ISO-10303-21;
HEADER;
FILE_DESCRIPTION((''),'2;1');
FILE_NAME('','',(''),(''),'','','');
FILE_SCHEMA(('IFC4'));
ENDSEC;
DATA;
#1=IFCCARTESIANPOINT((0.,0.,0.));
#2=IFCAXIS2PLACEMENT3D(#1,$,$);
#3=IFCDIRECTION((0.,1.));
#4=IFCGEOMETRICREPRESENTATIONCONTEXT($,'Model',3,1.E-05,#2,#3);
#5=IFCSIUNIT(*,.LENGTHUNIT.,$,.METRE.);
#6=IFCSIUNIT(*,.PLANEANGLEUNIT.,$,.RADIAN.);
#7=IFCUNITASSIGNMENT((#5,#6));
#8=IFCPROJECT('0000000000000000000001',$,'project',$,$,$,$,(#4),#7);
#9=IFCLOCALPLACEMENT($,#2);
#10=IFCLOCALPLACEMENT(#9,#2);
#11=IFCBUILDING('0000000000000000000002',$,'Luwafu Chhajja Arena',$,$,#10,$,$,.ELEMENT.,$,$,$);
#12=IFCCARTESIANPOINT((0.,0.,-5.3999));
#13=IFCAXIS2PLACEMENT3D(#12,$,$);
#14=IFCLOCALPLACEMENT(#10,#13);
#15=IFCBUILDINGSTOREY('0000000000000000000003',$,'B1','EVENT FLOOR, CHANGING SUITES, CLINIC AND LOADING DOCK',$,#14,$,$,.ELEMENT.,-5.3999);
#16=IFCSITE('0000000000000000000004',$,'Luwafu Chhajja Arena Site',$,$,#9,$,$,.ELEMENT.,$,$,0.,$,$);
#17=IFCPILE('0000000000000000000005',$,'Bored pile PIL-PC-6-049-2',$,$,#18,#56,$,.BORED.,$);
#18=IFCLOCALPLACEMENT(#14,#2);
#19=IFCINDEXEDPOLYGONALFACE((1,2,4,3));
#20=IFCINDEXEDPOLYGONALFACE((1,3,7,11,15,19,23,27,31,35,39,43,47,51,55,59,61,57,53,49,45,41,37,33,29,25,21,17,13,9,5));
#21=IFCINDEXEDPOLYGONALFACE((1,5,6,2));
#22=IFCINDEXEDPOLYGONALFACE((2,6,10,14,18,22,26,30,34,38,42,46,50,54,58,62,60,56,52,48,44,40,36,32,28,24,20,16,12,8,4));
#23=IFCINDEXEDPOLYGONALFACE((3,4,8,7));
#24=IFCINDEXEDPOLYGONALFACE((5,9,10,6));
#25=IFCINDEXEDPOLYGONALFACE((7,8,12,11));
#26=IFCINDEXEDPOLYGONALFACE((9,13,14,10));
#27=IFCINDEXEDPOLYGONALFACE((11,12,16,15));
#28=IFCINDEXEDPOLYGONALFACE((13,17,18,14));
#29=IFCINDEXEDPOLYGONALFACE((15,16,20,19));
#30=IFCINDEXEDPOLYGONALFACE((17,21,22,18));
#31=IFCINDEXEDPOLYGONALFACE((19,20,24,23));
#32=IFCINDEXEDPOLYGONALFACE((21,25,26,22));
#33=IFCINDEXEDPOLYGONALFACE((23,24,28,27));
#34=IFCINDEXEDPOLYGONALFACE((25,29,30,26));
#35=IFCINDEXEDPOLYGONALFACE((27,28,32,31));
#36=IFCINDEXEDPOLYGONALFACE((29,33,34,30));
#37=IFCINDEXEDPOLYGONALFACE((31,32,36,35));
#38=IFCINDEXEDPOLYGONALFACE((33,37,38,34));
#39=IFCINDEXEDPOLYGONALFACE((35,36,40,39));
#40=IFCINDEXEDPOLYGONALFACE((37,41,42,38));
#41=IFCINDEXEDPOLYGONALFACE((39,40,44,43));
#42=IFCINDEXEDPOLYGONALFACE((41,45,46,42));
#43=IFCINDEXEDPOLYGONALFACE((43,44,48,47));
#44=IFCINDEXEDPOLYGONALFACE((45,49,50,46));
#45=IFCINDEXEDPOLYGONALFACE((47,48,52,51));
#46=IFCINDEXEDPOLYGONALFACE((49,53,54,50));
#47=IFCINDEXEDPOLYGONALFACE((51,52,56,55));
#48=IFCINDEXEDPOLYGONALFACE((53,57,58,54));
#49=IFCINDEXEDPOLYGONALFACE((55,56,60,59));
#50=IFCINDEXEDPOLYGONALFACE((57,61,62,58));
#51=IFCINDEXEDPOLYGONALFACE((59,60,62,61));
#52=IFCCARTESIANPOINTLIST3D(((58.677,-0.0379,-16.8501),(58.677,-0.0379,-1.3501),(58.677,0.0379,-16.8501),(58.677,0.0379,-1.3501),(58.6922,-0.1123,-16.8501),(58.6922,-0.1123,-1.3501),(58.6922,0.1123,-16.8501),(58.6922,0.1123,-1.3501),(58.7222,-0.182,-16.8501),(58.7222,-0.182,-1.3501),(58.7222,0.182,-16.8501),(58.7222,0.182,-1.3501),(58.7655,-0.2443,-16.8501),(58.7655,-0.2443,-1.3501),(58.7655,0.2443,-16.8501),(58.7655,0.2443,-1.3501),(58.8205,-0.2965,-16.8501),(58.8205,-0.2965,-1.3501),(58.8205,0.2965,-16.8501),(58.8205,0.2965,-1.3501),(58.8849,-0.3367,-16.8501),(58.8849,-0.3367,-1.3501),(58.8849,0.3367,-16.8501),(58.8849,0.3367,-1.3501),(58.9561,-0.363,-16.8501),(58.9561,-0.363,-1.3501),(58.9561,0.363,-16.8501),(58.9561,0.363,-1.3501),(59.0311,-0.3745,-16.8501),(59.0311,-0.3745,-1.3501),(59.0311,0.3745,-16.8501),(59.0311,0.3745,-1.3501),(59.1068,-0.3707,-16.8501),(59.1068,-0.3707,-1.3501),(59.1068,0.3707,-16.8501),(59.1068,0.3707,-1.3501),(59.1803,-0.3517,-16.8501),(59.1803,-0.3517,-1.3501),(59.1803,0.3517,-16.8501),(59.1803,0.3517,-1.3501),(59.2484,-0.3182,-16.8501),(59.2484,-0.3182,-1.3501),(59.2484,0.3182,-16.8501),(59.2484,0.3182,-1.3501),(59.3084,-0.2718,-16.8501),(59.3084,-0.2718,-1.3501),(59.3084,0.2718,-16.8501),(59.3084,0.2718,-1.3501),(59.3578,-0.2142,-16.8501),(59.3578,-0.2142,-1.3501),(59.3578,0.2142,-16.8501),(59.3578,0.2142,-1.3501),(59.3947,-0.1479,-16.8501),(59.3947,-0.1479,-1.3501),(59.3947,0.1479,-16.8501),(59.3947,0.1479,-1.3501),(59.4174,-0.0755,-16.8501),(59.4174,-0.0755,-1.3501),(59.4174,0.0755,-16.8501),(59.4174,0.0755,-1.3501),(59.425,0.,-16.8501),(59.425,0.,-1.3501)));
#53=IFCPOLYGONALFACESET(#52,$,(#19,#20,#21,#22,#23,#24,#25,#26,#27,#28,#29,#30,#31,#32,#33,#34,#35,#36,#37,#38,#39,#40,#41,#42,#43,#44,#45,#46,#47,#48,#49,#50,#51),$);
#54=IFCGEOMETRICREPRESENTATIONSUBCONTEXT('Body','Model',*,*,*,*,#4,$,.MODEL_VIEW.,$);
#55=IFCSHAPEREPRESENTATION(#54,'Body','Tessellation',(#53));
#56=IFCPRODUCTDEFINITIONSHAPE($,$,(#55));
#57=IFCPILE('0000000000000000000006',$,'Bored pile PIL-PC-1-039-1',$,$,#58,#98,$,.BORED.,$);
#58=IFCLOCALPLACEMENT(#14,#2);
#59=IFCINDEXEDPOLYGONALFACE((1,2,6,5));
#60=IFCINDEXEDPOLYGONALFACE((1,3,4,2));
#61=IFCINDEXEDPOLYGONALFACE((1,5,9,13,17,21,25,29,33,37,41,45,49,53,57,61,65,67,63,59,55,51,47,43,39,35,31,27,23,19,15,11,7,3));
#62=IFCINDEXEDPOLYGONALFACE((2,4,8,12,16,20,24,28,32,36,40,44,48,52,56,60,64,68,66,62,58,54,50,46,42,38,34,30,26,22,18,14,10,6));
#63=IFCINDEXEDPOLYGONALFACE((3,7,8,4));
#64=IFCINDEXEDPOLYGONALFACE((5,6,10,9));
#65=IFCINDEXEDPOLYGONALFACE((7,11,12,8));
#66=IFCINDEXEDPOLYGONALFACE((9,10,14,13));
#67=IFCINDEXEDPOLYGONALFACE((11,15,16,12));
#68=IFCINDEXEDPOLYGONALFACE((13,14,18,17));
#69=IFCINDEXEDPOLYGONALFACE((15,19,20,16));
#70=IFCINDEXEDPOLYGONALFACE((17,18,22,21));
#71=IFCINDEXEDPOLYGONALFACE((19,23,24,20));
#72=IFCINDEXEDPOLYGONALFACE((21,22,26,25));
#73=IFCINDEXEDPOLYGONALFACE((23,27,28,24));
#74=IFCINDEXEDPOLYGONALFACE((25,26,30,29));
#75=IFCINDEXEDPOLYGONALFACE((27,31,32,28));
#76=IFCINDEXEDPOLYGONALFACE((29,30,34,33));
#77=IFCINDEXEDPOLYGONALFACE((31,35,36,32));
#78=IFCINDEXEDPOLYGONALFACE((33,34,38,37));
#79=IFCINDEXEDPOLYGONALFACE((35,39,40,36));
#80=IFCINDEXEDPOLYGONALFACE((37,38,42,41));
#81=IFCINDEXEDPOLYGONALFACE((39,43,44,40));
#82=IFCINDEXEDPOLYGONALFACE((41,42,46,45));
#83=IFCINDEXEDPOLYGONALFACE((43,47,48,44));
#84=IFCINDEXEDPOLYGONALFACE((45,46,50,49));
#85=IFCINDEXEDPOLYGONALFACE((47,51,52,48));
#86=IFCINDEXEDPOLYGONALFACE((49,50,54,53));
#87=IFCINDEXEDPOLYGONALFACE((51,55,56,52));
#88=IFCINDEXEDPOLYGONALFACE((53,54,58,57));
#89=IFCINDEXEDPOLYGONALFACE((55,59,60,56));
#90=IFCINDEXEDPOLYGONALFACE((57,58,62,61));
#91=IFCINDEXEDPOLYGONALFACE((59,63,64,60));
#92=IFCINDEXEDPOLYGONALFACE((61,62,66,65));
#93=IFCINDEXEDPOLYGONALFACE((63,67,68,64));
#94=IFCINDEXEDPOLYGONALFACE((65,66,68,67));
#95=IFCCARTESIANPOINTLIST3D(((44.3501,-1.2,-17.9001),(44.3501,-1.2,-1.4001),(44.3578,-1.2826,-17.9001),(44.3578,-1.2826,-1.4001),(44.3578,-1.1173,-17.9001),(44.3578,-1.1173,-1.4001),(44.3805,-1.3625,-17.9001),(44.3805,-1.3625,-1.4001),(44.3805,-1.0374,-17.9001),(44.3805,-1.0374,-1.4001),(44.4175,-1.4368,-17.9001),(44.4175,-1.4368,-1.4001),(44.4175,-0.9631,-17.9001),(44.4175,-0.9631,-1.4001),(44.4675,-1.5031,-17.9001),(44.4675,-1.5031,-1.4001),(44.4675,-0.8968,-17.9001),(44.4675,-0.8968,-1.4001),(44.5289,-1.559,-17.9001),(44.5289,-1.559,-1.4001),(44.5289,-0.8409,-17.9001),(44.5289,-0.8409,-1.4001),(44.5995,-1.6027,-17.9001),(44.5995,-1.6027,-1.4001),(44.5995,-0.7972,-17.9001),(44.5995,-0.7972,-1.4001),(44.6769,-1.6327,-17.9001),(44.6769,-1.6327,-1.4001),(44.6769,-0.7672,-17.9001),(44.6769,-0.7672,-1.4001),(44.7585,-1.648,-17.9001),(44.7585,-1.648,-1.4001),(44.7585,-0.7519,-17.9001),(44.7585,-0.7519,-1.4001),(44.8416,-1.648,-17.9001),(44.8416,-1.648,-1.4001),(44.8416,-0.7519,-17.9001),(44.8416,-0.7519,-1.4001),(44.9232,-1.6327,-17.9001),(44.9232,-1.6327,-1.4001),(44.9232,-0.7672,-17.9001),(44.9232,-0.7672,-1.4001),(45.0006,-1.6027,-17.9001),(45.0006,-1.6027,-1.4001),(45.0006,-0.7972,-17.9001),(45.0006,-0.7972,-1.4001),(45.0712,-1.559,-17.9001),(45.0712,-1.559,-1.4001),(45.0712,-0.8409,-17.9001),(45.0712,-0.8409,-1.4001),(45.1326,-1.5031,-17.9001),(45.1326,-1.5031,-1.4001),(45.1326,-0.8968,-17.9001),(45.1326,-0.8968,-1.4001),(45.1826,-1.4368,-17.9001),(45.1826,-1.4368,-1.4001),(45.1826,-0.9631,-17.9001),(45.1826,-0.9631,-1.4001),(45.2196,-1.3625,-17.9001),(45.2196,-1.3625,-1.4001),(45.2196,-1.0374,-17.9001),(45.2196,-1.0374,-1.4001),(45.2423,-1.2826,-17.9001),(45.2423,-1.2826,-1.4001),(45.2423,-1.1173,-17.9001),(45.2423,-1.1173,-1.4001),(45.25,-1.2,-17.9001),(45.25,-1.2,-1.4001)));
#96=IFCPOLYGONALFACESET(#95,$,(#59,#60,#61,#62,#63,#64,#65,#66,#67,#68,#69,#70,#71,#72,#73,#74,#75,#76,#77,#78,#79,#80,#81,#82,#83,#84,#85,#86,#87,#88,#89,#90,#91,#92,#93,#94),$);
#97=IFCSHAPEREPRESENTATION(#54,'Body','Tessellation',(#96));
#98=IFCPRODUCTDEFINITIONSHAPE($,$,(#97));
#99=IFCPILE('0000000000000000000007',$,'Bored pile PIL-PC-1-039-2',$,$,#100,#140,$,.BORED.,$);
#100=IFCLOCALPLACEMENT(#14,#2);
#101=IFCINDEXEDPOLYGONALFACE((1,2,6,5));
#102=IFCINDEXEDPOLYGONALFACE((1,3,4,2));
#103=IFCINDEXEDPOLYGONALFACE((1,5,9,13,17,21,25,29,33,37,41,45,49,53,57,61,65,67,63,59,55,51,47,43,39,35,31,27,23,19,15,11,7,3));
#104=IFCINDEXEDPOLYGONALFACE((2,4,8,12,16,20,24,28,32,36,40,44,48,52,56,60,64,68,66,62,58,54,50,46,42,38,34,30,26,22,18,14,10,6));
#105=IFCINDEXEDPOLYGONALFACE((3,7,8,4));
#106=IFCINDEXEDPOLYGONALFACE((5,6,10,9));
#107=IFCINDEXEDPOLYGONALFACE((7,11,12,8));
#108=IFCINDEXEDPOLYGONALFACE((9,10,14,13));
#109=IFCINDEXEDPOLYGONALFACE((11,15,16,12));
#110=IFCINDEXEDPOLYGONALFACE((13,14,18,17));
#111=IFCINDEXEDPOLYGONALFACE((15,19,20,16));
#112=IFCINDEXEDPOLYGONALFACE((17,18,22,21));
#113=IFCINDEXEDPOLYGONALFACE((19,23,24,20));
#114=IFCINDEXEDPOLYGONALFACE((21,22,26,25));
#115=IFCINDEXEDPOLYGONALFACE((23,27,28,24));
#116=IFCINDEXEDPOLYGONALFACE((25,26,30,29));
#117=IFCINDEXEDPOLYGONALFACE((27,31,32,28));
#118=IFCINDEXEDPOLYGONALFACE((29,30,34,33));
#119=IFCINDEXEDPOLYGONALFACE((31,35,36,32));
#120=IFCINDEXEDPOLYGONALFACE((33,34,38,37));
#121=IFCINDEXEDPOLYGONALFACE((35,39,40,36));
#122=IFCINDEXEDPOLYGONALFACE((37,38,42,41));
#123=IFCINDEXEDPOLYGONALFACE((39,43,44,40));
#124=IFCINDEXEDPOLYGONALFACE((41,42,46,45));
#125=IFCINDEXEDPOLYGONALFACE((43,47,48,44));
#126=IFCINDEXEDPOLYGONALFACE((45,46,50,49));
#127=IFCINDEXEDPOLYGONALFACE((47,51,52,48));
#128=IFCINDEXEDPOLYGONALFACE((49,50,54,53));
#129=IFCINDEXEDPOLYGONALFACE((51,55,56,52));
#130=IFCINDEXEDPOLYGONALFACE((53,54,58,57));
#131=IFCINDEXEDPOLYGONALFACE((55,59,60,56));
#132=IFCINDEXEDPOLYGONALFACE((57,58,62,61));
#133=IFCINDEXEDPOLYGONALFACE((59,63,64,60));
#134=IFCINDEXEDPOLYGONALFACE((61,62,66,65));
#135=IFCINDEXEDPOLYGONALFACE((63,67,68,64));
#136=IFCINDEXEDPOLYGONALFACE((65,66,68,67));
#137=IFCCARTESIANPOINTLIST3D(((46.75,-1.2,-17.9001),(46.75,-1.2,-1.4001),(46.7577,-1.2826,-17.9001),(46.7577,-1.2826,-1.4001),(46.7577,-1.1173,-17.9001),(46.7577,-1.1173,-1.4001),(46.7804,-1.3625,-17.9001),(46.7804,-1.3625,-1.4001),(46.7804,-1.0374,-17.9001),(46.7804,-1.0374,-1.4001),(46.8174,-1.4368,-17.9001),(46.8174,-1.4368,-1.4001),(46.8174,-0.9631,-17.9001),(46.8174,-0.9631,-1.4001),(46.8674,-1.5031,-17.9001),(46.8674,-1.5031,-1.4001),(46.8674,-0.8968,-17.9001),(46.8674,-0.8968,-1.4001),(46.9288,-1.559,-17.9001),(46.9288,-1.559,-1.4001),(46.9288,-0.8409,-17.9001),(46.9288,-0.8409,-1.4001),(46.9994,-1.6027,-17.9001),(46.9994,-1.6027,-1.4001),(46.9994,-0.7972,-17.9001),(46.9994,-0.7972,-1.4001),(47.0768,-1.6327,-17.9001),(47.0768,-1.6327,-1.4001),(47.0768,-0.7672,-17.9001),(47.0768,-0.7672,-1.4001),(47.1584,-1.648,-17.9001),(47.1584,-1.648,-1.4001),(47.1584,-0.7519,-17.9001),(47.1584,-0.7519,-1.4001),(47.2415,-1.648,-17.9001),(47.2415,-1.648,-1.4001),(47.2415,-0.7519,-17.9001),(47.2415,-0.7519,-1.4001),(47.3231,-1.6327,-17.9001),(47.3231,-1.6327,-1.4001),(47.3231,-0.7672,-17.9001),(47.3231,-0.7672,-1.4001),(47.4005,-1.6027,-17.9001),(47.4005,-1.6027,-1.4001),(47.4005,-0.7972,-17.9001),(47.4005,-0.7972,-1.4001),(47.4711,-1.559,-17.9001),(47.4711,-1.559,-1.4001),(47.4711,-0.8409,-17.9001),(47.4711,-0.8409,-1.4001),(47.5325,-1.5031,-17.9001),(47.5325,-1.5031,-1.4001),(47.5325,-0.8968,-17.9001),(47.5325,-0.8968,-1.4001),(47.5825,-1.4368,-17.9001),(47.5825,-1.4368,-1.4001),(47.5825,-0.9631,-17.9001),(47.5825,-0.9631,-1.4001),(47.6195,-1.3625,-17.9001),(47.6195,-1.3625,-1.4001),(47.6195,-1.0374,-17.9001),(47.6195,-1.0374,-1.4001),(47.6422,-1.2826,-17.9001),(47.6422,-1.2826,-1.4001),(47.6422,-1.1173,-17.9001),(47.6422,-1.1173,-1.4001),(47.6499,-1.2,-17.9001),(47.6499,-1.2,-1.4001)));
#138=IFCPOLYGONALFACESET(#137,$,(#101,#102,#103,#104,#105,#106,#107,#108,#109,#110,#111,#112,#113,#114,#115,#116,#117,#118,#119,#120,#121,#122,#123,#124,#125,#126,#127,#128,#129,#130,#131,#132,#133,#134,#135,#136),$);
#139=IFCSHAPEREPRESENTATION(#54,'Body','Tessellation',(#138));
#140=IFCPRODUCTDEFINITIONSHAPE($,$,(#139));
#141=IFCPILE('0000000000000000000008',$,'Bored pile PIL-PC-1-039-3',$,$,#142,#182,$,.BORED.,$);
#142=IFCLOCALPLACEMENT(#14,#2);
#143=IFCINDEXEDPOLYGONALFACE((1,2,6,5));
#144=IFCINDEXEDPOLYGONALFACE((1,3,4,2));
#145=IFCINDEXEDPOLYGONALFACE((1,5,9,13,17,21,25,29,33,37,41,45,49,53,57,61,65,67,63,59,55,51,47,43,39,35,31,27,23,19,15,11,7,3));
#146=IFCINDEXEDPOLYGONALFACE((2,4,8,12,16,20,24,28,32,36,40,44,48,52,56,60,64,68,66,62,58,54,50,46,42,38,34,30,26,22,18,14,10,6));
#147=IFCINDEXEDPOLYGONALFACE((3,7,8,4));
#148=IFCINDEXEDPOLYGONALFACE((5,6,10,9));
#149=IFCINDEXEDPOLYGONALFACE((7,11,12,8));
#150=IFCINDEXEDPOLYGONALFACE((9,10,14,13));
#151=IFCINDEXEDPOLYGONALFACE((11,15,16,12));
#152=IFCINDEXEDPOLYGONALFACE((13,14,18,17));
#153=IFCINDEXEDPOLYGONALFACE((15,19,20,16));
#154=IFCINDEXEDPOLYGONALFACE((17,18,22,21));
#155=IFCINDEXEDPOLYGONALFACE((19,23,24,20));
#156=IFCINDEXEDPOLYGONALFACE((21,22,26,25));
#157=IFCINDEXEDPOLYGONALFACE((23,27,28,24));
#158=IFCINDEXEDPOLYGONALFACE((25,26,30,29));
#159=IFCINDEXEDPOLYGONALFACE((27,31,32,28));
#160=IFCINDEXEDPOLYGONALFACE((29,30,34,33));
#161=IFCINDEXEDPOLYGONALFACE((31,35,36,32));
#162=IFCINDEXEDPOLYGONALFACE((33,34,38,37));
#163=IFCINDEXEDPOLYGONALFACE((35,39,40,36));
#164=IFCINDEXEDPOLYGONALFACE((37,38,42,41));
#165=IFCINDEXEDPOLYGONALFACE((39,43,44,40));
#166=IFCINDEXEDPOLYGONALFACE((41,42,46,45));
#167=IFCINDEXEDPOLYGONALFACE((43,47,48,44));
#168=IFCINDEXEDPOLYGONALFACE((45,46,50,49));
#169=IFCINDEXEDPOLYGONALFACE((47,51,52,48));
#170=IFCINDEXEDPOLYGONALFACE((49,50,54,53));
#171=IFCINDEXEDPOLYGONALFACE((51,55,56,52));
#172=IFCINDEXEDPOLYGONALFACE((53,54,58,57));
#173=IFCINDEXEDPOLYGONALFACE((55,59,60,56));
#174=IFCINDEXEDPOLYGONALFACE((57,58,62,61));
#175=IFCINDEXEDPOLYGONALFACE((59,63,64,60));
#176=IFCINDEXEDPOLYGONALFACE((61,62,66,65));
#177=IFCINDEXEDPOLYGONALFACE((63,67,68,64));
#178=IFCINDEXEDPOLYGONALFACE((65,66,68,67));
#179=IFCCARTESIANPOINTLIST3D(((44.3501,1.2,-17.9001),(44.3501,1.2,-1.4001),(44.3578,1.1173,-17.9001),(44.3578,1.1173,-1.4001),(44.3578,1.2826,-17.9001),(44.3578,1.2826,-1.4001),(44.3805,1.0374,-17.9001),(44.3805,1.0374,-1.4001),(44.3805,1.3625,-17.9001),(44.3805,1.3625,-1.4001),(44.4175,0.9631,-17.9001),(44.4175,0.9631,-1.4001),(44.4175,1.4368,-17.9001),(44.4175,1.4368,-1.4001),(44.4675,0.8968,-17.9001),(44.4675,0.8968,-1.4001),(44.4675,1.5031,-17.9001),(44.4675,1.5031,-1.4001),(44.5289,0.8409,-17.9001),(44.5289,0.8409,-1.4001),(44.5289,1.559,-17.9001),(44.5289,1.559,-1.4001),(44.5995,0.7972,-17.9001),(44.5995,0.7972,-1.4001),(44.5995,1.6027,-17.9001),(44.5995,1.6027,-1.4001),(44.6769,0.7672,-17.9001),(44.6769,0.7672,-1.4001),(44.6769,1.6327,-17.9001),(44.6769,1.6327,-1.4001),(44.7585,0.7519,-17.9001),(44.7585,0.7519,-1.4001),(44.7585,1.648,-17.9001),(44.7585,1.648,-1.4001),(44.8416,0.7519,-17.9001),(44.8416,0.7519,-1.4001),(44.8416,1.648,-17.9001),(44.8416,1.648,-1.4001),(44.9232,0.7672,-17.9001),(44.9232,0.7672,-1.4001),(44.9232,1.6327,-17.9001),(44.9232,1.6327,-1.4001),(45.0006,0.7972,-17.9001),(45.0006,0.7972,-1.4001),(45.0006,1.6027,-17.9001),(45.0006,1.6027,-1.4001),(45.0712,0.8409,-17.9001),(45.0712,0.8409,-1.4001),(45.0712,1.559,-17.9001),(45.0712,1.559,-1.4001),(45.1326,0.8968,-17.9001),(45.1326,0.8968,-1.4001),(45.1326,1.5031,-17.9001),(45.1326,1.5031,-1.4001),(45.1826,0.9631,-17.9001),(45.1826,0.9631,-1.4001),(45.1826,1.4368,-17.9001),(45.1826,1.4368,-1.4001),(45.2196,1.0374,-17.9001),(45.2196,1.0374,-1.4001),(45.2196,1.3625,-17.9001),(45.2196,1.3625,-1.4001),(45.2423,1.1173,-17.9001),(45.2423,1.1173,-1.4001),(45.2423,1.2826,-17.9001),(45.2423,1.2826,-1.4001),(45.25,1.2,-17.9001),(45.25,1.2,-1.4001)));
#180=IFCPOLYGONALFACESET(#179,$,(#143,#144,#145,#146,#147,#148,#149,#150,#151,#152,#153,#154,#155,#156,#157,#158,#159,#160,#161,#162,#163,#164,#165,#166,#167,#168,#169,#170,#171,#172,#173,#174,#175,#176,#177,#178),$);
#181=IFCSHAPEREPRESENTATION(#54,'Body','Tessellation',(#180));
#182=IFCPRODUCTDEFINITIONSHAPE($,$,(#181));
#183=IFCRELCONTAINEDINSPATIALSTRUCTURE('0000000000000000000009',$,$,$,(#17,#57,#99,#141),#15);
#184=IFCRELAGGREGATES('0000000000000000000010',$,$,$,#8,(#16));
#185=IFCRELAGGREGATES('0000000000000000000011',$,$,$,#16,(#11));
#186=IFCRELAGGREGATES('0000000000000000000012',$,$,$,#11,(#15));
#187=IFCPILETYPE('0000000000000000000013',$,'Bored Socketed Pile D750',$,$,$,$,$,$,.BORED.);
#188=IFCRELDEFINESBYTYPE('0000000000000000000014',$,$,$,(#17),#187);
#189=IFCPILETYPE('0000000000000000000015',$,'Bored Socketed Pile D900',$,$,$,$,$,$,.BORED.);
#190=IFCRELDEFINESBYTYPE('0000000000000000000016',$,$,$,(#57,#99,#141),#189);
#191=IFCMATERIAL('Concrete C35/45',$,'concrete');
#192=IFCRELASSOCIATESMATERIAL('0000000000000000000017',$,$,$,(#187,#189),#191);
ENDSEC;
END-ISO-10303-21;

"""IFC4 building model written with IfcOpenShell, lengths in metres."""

from ifc_helpers import new_model, si_unit, direction, frame, origin, origin_2d, place, context, subcontext, project, spatial, circle, extrude, material, material_profile, profile_set, type_object, element, save


model = new_model("IFC4")

# Units and contexts
model_context = context("Model", 3, precision=1e-05, world=origin(), true_north=direction((0.0, 1.0)))
body_context = subcontext(model_context, "Body", "Model", "MODEL_VIEW")
ifc_project = project(units=[si_unit("LENGTHUNIT", "METRE"), si_unit("PLANEANGLEUNIT", "RADIAN")], contexts=[model_context])

# Site, building, storey
site_placement = place(None, origin())
site = spatial("IfcSite", under=ifc_project, at=site_placement, Name="Luwafu Chhajja Arena Site", CompositionType="ELEMENT", RefElevation=0.0)
building_placement = place(site_placement, origin())
building = spatial("IfcBuilding", under=site, at=building_placement, Name="Luwafu Chhajja Arena", CompositionType="ELEMENT")
storey_placement = place(building_placement, frame((0.0, 0.0, -5.3999)))
storey = spatial("IfcBuildingStorey", under=building, at=storey_placement, Name="B1", Description="EVENT FLOOR, CHANGING SUITES, CLINIC AND LOADING DOCK", CompositionType="ELEMENT", Elevation=-5.3999)

# Shared definitions
ifc_material_1 = material(Name="Concrete C35/45", Category="concrete")

# Piles
ifc_material_profile_1 = material_profile(ifc_material_1, circle(Radius=0.375, at=origin_2d()), Name="PILE D750")
ifc_profile_set_1 = profile_set([ifc_material_profile_1], Name="Concrete C35/45")
pile_type_1 = type_object("IfcPileType", Name="Bored Socketed Pile D750", PredefinedType="BORED", material=ifc_profile_set_1)
for number, where, z_axis, x_axis, name in (
    (1, (59.05, 0.0, -1.3501), (0.0, 0.0, -1.0), (1.0, 0.0, 0.0), "Bored pile PIL-PC-6-049-2"),
):
    element("IfcPile", number, at=place(storey_placement, frame(where, z_axis=z_axis, x_axis=x_axis)), inside=storey, type_object=pile_type_1, Name=name, PredefinedType="BORED", context=body_context, shape_type="SweptSolid", body=[
        extrude(circle(Radius=0.375, at=origin_2d()), origin(), (0.0, 0.0, 1.0), 15.5),
    ])
ifc_material_profile_2 = material_profile(ifc_material_1, circle(Radius=0.45, at=origin_2d()), Name="PILE D900")
ifc_profile_set_2 = profile_set([ifc_material_profile_2], Name="Concrete C35/45")
pile_type_2 = type_object("IfcPileType", Name="Bored Socketed Pile D900", PredefinedType="BORED", material=ifc_profile_set_2)
for number, where, z_axis, x_axis, name in (
    (2, (44.8, -1.2, -1.4001), (0.0, 0.0, -1.0), (1.0, 0.0, 0.0), "Bored pile PIL-PC-1-039-1"),
    (3, (47.2, -1.2, -1.4001), (0.0, 0.0, -1.0), (1.0, 0.0, 0.0), "Bored pile PIL-PC-1-039-2"),
    (4, (44.8, 1.2, -1.4001), (0.0, 0.0, -1.0), (1.0, 0.0, 0.0), "Bored pile PIL-PC-1-039-3"),
):
    element("IfcPile", number, at=place(storey_placement, frame(where, z_axis=z_axis, x_axis=x_axis)), inside=storey, type_object=pile_type_2, Name=name, PredefinedType="BORED", context=body_context, shape_type="SweptSolid", body=[
        extrude(circle(Radius=0.45, at=origin_2d()), origin(), (0.0, 0.0, 1.0), 16.5),
    ])

save(model, "model.ifc")
